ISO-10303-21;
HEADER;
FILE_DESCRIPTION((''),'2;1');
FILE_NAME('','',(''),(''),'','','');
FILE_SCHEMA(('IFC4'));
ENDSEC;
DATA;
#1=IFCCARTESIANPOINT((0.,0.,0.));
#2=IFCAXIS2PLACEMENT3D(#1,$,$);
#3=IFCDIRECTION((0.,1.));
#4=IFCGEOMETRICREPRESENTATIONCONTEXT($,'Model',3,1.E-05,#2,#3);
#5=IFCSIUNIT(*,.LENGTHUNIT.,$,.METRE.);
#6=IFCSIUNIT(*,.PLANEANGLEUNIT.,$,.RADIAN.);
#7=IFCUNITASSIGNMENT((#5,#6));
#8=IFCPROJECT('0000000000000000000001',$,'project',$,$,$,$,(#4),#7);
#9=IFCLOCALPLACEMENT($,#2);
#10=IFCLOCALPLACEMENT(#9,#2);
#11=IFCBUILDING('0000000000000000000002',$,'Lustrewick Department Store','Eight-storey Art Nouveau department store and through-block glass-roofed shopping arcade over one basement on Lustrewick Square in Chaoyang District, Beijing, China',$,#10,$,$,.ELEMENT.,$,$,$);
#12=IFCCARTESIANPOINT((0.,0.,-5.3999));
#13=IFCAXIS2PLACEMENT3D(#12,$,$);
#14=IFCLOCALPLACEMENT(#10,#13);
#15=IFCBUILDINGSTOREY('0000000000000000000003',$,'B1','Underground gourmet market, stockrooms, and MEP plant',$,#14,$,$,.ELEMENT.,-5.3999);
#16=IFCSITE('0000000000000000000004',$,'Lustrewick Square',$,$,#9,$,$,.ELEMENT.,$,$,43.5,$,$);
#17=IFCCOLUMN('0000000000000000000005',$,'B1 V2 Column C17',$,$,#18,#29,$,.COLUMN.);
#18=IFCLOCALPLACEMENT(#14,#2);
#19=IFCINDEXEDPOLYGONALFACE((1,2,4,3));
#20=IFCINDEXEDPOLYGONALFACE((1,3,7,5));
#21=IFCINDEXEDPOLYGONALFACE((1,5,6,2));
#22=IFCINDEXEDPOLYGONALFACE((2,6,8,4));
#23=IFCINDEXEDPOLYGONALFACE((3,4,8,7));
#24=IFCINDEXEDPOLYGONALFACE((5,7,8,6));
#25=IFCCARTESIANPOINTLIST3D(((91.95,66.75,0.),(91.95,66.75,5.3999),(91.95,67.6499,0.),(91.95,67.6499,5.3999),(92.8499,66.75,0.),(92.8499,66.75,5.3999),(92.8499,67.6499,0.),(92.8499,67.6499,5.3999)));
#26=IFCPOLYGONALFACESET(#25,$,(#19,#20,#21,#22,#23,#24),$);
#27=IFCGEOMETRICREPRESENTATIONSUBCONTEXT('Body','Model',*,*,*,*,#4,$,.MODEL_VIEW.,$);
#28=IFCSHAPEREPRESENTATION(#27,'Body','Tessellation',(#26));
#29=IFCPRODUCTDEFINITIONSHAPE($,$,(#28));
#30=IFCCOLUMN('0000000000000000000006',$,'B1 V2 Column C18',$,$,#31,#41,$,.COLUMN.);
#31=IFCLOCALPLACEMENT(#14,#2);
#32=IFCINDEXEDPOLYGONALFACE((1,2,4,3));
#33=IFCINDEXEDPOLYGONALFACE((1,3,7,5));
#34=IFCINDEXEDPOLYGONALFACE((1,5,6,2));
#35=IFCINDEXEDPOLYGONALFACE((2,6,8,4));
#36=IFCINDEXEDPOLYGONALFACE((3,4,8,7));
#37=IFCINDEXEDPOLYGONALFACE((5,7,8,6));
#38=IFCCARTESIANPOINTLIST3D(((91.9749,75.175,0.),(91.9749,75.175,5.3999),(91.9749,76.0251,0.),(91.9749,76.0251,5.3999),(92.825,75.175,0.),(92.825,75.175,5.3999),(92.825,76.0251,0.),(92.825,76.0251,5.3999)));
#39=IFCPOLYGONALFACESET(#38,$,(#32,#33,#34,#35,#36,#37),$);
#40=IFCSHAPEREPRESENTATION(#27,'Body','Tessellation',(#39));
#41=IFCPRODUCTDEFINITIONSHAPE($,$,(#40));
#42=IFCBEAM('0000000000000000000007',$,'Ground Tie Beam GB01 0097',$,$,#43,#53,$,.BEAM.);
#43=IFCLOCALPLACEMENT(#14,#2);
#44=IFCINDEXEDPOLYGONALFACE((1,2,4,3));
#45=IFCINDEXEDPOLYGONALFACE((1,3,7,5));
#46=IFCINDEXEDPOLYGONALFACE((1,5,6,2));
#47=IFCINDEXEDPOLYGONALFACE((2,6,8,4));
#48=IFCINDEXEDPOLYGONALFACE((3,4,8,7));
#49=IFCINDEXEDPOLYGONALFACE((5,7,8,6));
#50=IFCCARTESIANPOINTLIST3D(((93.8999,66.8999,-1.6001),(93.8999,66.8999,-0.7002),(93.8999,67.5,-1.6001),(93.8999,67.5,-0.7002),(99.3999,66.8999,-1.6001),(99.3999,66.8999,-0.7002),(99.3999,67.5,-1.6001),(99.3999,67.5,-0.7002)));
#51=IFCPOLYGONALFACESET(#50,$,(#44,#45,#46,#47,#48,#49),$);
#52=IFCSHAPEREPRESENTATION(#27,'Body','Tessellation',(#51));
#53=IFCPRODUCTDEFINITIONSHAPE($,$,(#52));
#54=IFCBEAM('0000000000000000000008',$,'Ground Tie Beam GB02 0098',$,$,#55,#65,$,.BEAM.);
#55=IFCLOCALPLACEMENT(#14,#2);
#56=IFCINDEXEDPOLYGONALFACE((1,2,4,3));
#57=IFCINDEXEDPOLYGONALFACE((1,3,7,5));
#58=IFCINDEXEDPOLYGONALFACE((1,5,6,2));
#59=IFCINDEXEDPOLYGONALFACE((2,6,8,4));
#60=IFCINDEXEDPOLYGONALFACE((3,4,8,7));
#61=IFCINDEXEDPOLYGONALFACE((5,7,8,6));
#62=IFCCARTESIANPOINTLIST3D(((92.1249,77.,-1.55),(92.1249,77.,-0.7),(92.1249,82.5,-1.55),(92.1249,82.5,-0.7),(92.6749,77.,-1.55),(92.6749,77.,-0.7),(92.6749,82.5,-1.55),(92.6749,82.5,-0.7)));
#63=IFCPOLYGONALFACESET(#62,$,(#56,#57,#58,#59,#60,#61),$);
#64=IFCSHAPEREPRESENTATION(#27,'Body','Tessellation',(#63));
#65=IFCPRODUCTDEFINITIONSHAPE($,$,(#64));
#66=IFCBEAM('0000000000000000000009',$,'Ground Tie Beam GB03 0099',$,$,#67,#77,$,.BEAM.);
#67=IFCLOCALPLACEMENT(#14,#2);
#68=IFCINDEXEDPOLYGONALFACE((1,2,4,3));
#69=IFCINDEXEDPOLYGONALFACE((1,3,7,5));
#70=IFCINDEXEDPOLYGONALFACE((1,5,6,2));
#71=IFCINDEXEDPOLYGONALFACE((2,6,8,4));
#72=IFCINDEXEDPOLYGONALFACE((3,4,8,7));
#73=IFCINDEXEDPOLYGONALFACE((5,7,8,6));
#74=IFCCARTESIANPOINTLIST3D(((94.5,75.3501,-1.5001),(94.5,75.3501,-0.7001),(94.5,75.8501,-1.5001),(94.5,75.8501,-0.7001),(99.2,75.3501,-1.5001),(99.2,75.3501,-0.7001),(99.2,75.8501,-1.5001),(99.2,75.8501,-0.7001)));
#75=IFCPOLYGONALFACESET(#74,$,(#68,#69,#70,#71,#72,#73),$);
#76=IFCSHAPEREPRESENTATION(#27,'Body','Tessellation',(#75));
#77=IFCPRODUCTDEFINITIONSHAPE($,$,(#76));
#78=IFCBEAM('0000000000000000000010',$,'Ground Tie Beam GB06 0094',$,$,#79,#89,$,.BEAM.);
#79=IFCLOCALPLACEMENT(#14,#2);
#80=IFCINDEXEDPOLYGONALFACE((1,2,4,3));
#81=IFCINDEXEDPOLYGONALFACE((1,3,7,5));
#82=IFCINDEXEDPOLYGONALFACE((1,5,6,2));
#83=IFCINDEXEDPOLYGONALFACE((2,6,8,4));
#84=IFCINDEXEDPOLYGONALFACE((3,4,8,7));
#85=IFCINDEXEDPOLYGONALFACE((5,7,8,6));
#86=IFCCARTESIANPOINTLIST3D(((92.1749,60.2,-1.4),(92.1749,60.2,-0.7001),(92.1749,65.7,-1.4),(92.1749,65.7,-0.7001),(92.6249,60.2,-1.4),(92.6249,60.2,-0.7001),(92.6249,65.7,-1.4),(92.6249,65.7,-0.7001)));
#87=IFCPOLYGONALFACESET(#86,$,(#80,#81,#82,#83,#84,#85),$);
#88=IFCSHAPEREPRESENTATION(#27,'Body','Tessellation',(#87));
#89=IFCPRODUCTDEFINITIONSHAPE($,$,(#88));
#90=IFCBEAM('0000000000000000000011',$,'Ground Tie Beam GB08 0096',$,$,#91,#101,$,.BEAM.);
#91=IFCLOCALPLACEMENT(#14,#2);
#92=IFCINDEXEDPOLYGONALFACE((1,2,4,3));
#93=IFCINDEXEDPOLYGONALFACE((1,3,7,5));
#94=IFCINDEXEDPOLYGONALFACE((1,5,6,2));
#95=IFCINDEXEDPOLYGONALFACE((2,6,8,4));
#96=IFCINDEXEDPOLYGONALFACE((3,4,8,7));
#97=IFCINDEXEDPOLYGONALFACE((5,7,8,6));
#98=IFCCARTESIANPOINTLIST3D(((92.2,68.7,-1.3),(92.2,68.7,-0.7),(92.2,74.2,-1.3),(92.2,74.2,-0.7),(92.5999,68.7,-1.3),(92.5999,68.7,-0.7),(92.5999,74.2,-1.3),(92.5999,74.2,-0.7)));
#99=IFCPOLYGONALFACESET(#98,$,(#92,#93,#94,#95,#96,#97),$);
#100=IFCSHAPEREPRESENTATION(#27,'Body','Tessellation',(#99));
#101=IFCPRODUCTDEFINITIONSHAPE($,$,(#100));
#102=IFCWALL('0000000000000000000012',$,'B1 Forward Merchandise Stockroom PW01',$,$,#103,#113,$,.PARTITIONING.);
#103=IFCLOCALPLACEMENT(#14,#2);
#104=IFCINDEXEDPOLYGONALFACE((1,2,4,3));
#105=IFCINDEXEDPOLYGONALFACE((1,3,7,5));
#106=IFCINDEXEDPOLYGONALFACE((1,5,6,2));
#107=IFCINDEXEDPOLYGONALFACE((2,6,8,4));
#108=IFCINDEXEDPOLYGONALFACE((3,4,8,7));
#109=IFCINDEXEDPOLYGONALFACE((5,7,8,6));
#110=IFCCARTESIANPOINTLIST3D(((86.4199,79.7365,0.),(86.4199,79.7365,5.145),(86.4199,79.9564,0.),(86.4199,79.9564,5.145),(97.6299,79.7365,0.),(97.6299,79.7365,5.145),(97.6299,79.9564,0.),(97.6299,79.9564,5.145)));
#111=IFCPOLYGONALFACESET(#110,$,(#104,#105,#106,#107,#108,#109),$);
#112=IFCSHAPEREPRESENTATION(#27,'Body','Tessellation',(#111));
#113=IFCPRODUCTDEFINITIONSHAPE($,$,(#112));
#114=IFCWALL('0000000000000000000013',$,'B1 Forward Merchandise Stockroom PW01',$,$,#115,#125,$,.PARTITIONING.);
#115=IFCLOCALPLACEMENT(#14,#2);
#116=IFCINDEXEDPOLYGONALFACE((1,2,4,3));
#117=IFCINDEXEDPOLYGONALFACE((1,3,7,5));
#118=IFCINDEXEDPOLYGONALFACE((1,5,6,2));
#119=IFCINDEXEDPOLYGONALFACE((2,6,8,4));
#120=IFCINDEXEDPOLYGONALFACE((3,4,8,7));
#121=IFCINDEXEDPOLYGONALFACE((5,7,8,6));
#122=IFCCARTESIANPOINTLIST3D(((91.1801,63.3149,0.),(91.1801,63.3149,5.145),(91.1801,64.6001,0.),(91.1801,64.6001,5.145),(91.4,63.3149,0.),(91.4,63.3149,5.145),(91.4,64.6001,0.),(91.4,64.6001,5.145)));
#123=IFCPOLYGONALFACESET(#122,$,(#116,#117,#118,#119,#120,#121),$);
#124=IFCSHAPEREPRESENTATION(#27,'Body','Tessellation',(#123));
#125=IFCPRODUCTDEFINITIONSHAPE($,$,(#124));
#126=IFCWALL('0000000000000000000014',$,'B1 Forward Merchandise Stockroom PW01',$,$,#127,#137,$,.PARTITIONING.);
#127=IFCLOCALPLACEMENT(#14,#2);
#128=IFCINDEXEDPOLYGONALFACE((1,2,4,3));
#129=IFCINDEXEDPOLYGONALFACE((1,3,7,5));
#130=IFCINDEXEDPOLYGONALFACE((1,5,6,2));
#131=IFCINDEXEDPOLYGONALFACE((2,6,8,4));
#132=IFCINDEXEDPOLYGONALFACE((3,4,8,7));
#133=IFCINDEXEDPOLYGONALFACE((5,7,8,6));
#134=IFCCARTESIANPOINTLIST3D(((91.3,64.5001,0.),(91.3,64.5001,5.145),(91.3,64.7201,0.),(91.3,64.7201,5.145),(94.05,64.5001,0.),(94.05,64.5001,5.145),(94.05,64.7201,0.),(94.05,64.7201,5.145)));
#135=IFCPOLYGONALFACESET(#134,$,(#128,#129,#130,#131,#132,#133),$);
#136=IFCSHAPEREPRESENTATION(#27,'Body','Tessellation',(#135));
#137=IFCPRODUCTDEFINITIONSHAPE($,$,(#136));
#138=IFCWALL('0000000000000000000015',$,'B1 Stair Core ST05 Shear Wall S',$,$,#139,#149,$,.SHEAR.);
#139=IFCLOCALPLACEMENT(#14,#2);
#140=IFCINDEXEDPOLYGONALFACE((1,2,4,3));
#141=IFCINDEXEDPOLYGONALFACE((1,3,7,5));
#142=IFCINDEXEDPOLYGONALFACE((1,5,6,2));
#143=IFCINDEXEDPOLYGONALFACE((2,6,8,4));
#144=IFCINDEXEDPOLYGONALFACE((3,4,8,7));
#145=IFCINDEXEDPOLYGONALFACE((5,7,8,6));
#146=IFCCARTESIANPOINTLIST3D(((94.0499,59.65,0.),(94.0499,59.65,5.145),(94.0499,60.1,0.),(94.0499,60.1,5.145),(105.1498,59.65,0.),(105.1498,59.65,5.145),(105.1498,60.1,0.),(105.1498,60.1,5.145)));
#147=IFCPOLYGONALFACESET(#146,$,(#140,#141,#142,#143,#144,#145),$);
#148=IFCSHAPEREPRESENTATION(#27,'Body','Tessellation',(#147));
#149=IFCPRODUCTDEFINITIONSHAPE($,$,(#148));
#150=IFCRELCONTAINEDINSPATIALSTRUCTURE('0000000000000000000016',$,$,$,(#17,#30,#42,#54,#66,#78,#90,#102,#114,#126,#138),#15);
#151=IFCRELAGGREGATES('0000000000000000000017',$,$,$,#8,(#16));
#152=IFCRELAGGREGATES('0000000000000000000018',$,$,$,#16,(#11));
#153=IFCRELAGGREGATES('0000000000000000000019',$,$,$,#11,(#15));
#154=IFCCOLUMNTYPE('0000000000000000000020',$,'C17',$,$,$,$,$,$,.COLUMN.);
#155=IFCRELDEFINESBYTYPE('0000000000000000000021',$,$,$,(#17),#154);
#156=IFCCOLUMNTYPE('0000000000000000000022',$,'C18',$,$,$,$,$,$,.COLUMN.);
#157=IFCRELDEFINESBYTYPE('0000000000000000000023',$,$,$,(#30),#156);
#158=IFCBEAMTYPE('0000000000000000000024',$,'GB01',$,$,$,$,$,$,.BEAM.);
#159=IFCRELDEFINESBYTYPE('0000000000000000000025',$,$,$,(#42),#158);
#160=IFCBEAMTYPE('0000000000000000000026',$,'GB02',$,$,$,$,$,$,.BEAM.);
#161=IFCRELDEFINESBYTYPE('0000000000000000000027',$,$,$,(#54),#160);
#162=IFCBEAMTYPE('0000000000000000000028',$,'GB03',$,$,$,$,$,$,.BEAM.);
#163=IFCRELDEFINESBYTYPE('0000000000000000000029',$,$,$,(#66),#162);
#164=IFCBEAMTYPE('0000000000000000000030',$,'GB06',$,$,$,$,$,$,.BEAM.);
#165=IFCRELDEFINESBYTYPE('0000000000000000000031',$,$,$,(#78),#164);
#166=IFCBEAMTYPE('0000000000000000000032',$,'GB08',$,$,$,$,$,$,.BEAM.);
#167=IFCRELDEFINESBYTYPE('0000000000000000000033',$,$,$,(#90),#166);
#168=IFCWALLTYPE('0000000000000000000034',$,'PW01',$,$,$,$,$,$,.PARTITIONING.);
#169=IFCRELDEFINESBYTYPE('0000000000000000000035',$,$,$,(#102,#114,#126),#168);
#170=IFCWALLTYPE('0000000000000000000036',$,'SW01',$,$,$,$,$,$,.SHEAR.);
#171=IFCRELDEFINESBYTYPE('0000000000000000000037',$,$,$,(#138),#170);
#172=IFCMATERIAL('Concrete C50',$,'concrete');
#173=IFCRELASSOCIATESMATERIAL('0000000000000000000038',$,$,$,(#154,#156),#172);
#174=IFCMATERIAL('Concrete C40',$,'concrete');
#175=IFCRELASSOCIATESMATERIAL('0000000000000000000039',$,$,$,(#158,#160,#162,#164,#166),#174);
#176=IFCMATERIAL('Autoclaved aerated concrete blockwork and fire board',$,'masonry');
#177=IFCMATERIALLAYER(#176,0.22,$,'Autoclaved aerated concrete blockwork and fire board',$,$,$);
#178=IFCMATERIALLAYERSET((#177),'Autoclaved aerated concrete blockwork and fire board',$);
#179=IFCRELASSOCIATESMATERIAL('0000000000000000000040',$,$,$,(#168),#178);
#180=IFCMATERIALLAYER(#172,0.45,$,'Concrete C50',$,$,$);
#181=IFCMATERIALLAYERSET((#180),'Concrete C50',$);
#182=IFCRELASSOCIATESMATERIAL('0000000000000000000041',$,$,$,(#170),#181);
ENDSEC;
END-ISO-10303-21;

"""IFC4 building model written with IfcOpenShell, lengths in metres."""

from ifc_helpers import new_model, si_unit, direction, frame, frame_2d, origin, origin_2d, place, context, subcontext, project, spatial, rectangle, extrude, material, layer, layer_set, material_profile, profile_set, type_object, element, save


model = new_model("IFC4")

# Units and contexts
model_context = context("Model", 3, precision=1e-05, world=origin(), true_north=direction((0.0, 1.0)))
body_context = subcontext(model_context, "Body", "Model", "MODEL_VIEW")
ifc_project = project(units=[si_unit("LENGTHUNIT", "METRE"), si_unit("PLANEANGLEUNIT", "RADIAN")], contexts=[model_context])

# Site, building, storey
site_placement = place(None, origin())
site = spatial("IfcSite", under=ifc_project, at=site_placement, Name="Lustrewick Square", CompositionType="ELEMENT", RefElevation=43.5)
building_placement = place(site_placement, origin())
building = spatial("IfcBuilding", under=site, at=building_placement, Name="Lustrewick Department Store", Description="Eight-storey Art Nouveau department store and through-block glass-roofed shopping arcade over one basement on Lustrewick Square in Chaoyang District, Beijing, China", CompositionType="ELEMENT")
storey_placement = place(building_placement, frame((0.0, 0.0, -5.3999)))
storey = spatial("IfcBuildingStorey", under=building, at=storey_placement, Name="B1", Description="Underground gourmet market, stockrooms, and MEP plant", CompositionType="ELEMENT", Elevation=-5.3999)

# Shared definitions
ifc_material_1 = material(Name="Concrete C40", Category="concrete")

# Columns
ifc_material_2 = material(Name="Concrete C50", Category="concrete")
ifc_material_profile_1 = material_profile(ifc_material_2, rectangle(XDim=0.8999, YDim=0.8999, at=origin_2d()), Name="RC 900x900")
ifc_profile_set_1 = profile_set([ifc_material_profile_1], Name="Concrete C50")
column_type_1 = type_object("IfcColumnType", Name="C17", PredefinedType="COLUMN", material=ifc_profile_set_1)
column_1_placement = place(storey_placement, frame((92.3999, 67.2, 0.0), z_axis=(0.0, 0.0, 1.0), x_axis=(1.0, 0.0, 0.0)))
element("IfcColumn", 1, at=column_1_placement, inside=storey, type_object=column_type_1, Name="B1 V2 Column C17", PredefinedType="COLUMN", context=body_context, shape_type="SweptSolid", body=[
    extrude(rectangle(XDim=0.8999, YDim=0.8999, at=origin_2d()), origin(), (0.0, 0.0, 1.0), 5.3999),
])
ifc_material_profile_2 = material_profile(ifc_material_2, rectangle(XDim=0.8501, YDim=0.8501, at=origin_2d()), Name="RC 850x850")
ifc_profile_set_2 = profile_set([ifc_material_profile_2], Name="Concrete C50")
column_type_2 = type_object("IfcColumnType", Name="C18", PredefinedType="COLUMN", material=ifc_profile_set_2)
column_2_placement = place(storey_placement, frame((92.3999, 75.6001, 0.0), z_axis=(0.0, 0.0, 1.0), x_axis=(1.0, 0.0, 0.0)))
element("IfcColumn", 2, at=column_2_placement, inside=storey, type_object=column_type_2, Name="B1 V2 Column C18", PredefinedType="COLUMN", context=body_context, shape_type="SweptSolid", body=[
    extrude(rectangle(XDim=0.8501, YDim=0.8501, at=origin_2d()), origin(), (0.0, 0.0, 1.0), 5.3999),
])

# Beams
ifc_material_profile_3 = material_profile(ifc_material_1, rectangle(XDim=0.6001, YDim=0.8999, at=origin_2d()), Name="RC 600x900")
ifc_profile_set_3 = profile_set([ifc_material_profile_3], Name="Concrete C40")
beam_type_1 = type_object("IfcBeamType", Name="GB01", PredefinedType="BEAM", material=ifc_profile_set_3)
beam_1_placement = place(storey_placement, frame((93.8999, 67.2, -1.1501), z_axis=(1.0, 0.0, 0.0), x_axis=(0.0, 1.0, 0.0)))
element("IfcBeam", 3, at=beam_1_placement, inside=storey, type_object=beam_type_1, Name="Ground Tie Beam GB01 0097", PredefinedType="BEAM", context=body_context, shape_type="SweptSolid", body=[
    extrude(rectangle(XDim=0.6001, YDim=0.8999, at=origin_2d()), origin(), (0.0, 0.0, 1.0), 5.5),
])
ifc_material_profile_4 = material_profile(ifc_material_1, rectangle(XDim=0.55, YDim=0.8501, at=origin_2d()), Name="RC 550x850")
ifc_profile_set_4 = profile_set([ifc_material_profile_4], Name="Concrete C40")
beam_type_2 = type_object("IfcBeamType", Name="GB02", PredefinedType="BEAM", material=ifc_profile_set_4)
beam_2_placement = place(storey_placement, frame((92.3999, 77.0, -1.125), z_axis=(0.0, 1.0, 0.0), x_axis=(-1.0, 0.0, 0.0)))
element("IfcBeam", 4, at=beam_2_placement, inside=storey, type_object=beam_type_2, Name="Ground Tie Beam GB02 0098", PredefinedType="BEAM", context=body_context, shape_type="SweptSolid", body=[
    extrude(rectangle(XDim=0.55, YDim=0.8501, at=origin_2d()), origin(), (0.0, 0.0, 1.0), 5.5),
])
ifc_material_profile_5 = material_profile(ifc_material_1, rectangle(XDim=0.5, YDim=0.8, at=origin_2d()), Name="RC 500x800")
ifc_profile_set_5 = profile_set([ifc_material_profile_5], Name="Concrete C40")
beam_type_3 = type_object("IfcBeamType", Name="GB03", PredefinedType="BEAM", material=ifc_profile_set_5)
beam_3_placement = place(storey_placement, frame((94.5, 75.6001, -1.1001), z_axis=(1.0, 0.0, 0.0), x_axis=(0.0, 1.0, 0.0)))
element("IfcBeam", 5, at=beam_3_placement, inside=storey, type_object=beam_type_3, Name="Ground Tie Beam GB03 0099", PredefinedType="BEAM", context=body_context, shape_type="SweptSolid", body=[
    extrude(rectangle(XDim=0.5, YDim=0.8, at=origin_2d()), origin(), (0.0, 0.0, 1.0), 4.7),
])
ifc_material_profile_6 = material_profile(ifc_material_1, rectangle(XDim=0.45, YDim=0.7, at=origin_2d()), Name="RC 450x700")
ifc_profile_set_6 = profile_set([ifc_material_profile_6], Name="Concrete C40")
beam_type_4 = type_object("IfcBeamType", Name="GB06", PredefinedType="BEAM", material=ifc_profile_set_6)
beam_4_placement = place(storey_placement, frame((92.3999, 60.2, -1.05), z_axis=(0.0, 1.0, 0.0), x_axis=(-1.0, 0.0, 0.0)))
element("IfcBeam", 6, at=beam_4_placement, inside=storey, type_object=beam_type_4, Name="Ground Tie Beam GB06 0094", PredefinedType="BEAM", context=body_context, shape_type="SweptSolid", body=[
    extrude(rectangle(XDim=0.45, YDim=0.7, at=origin_2d()), origin(), (0.0, 0.0, 1.0), 5.5),
])
ifc_material_profile_7 = material_profile(ifc_material_1, rectangle(XDim=0.3999, YDim=0.6001, at=origin_2d()), Name="RC 400x600")
ifc_profile_set_7 = profile_set([ifc_material_profile_7], Name="Concrete C40")
beam_type_5 = type_object("IfcBeamType", Name="GB08", PredefinedType="BEAM", material=ifc_profile_set_7)
beam_5_placement = place(storey_placement, frame((92.3999, 68.7, -1.0), z_axis=(0.0, 1.0, 0.0), x_axis=(-1.0, 0.0, 0.0)))
element("IfcBeam", 7, at=beam_5_placement, inside=storey, type_object=beam_type_5, Name="Ground Tie Beam GB08 0096", PredefinedType="BEAM", context=body_context, shape_type="SweptSolid", body=[
    extrude(rectangle(XDim=0.3999, YDim=0.6001, at=origin_2d()), origin(), (0.0, 0.0, 1.0), 5.5),
])

# Walls
ifc_material_3 = material(Name="Autoclaved aerated concrete blockwork and fire board", Category="masonry")
ifc_layer_1 = layer(ifc_material_3, 0.22, Name="Autoclaved aerated concrete blockwork and fire board")
ifc_layer_set_1 = layer_set([ifc_layer_1], Name="Autoclaved aerated concrete blockwork and fire board")
wall_type_1 = type_object("IfcWallType", Name="PW01", PredefinedType="PARTITIONING", material=ifc_layer_set_1)
wall_1_placement = place(storey_placement, frame((97.6299, 79.8464, 0.0), z_axis=(0.0, 0.0, 1.0), x_axis=(-1.0, 0.0, 0.0)))
element("IfcWall", 8, at=wall_1_placement, inside=storey, type_object=wall_type_1, Name="B1 Forward Merchandise Stockroom PW01", PredefinedType="PARTITIONING", context=body_context, shape_type="SweptSolid", body=[
    extrude(rectangle(XDim=11.21, YDim=0.22, at=frame_2d((5.605, 0.0))), origin(), (0.0, 0.0, 1.0), 5.145),
])
wall_2_placement = place(storey_placement, frame((91.29, 63.3149, 0.0), z_axis=(0.0, 0.0, 1.0), x_axis=(0.0, 1.0, 0.0)))
element("IfcWall", 9, at=wall_2_placement, inside=storey, type_object=wall_type_1, Name="B1 Forward Merchandise Stockroom PW01", PredefinedType="PARTITIONING", context=body_context, shape_type="SweptSolid", body=[
    extrude(rectangle(XDim=1.2852, YDim=0.22, at=frame_2d((0.6426, 0.0))), origin(), (0.0, 0.0, 1.0), 5.145),
])
wall_3_placement = place(storey_placement, frame((91.3, 64.6101, 0.0), z_axis=(0.0, 0.0, 1.0), x_axis=(1.0, 0.0, 0.0)))
element("IfcWall", 10, at=wall_3_placement, inside=storey, type_object=wall_type_1, Name="B1 Forward Merchandise Stockroom PW01", PredefinedType="PARTITIONING", context=body_context, shape_type="SweptSolid", body=[
    extrude(rectangle(XDim=2.75, YDim=0.22, at=frame_2d((1.375, 0.0))), origin(), (0.0, 0.0, 1.0), 5.145),
])
ifc_layer_2 = layer(ifc_material_2, 0.45, Name="Concrete C50")
ifc_layer_set_2 = layer_set([ifc_layer_2], Name="Concrete C50")
wall_type_2 = type_object("IfcWallType", Name="SW01", PredefinedType="SHEAR", material=ifc_layer_set_2)
wall_4_placement = place(storey_placement, frame((94.05, 59.875, 0.0), z_axis=(0.0, 0.0, 1.0), x_axis=(1.0, 0.0, 0.0)))
element("IfcWall", 11, at=wall_4_placement, inside=storey, type_object=wall_type_2, Name="B1 Stair Core ST05 Shear Wall S", PredefinedType="SHEAR", context=body_context, shape_type="SweptSolid", body=[
    extrude(rectangle(XDim=11.0999, YDim=0.45, at=frame_2d((5.5498, 0.0))), origin(), (0.0, 0.0, 1.0), 5.145),
])

save(model, "model.ifc")
